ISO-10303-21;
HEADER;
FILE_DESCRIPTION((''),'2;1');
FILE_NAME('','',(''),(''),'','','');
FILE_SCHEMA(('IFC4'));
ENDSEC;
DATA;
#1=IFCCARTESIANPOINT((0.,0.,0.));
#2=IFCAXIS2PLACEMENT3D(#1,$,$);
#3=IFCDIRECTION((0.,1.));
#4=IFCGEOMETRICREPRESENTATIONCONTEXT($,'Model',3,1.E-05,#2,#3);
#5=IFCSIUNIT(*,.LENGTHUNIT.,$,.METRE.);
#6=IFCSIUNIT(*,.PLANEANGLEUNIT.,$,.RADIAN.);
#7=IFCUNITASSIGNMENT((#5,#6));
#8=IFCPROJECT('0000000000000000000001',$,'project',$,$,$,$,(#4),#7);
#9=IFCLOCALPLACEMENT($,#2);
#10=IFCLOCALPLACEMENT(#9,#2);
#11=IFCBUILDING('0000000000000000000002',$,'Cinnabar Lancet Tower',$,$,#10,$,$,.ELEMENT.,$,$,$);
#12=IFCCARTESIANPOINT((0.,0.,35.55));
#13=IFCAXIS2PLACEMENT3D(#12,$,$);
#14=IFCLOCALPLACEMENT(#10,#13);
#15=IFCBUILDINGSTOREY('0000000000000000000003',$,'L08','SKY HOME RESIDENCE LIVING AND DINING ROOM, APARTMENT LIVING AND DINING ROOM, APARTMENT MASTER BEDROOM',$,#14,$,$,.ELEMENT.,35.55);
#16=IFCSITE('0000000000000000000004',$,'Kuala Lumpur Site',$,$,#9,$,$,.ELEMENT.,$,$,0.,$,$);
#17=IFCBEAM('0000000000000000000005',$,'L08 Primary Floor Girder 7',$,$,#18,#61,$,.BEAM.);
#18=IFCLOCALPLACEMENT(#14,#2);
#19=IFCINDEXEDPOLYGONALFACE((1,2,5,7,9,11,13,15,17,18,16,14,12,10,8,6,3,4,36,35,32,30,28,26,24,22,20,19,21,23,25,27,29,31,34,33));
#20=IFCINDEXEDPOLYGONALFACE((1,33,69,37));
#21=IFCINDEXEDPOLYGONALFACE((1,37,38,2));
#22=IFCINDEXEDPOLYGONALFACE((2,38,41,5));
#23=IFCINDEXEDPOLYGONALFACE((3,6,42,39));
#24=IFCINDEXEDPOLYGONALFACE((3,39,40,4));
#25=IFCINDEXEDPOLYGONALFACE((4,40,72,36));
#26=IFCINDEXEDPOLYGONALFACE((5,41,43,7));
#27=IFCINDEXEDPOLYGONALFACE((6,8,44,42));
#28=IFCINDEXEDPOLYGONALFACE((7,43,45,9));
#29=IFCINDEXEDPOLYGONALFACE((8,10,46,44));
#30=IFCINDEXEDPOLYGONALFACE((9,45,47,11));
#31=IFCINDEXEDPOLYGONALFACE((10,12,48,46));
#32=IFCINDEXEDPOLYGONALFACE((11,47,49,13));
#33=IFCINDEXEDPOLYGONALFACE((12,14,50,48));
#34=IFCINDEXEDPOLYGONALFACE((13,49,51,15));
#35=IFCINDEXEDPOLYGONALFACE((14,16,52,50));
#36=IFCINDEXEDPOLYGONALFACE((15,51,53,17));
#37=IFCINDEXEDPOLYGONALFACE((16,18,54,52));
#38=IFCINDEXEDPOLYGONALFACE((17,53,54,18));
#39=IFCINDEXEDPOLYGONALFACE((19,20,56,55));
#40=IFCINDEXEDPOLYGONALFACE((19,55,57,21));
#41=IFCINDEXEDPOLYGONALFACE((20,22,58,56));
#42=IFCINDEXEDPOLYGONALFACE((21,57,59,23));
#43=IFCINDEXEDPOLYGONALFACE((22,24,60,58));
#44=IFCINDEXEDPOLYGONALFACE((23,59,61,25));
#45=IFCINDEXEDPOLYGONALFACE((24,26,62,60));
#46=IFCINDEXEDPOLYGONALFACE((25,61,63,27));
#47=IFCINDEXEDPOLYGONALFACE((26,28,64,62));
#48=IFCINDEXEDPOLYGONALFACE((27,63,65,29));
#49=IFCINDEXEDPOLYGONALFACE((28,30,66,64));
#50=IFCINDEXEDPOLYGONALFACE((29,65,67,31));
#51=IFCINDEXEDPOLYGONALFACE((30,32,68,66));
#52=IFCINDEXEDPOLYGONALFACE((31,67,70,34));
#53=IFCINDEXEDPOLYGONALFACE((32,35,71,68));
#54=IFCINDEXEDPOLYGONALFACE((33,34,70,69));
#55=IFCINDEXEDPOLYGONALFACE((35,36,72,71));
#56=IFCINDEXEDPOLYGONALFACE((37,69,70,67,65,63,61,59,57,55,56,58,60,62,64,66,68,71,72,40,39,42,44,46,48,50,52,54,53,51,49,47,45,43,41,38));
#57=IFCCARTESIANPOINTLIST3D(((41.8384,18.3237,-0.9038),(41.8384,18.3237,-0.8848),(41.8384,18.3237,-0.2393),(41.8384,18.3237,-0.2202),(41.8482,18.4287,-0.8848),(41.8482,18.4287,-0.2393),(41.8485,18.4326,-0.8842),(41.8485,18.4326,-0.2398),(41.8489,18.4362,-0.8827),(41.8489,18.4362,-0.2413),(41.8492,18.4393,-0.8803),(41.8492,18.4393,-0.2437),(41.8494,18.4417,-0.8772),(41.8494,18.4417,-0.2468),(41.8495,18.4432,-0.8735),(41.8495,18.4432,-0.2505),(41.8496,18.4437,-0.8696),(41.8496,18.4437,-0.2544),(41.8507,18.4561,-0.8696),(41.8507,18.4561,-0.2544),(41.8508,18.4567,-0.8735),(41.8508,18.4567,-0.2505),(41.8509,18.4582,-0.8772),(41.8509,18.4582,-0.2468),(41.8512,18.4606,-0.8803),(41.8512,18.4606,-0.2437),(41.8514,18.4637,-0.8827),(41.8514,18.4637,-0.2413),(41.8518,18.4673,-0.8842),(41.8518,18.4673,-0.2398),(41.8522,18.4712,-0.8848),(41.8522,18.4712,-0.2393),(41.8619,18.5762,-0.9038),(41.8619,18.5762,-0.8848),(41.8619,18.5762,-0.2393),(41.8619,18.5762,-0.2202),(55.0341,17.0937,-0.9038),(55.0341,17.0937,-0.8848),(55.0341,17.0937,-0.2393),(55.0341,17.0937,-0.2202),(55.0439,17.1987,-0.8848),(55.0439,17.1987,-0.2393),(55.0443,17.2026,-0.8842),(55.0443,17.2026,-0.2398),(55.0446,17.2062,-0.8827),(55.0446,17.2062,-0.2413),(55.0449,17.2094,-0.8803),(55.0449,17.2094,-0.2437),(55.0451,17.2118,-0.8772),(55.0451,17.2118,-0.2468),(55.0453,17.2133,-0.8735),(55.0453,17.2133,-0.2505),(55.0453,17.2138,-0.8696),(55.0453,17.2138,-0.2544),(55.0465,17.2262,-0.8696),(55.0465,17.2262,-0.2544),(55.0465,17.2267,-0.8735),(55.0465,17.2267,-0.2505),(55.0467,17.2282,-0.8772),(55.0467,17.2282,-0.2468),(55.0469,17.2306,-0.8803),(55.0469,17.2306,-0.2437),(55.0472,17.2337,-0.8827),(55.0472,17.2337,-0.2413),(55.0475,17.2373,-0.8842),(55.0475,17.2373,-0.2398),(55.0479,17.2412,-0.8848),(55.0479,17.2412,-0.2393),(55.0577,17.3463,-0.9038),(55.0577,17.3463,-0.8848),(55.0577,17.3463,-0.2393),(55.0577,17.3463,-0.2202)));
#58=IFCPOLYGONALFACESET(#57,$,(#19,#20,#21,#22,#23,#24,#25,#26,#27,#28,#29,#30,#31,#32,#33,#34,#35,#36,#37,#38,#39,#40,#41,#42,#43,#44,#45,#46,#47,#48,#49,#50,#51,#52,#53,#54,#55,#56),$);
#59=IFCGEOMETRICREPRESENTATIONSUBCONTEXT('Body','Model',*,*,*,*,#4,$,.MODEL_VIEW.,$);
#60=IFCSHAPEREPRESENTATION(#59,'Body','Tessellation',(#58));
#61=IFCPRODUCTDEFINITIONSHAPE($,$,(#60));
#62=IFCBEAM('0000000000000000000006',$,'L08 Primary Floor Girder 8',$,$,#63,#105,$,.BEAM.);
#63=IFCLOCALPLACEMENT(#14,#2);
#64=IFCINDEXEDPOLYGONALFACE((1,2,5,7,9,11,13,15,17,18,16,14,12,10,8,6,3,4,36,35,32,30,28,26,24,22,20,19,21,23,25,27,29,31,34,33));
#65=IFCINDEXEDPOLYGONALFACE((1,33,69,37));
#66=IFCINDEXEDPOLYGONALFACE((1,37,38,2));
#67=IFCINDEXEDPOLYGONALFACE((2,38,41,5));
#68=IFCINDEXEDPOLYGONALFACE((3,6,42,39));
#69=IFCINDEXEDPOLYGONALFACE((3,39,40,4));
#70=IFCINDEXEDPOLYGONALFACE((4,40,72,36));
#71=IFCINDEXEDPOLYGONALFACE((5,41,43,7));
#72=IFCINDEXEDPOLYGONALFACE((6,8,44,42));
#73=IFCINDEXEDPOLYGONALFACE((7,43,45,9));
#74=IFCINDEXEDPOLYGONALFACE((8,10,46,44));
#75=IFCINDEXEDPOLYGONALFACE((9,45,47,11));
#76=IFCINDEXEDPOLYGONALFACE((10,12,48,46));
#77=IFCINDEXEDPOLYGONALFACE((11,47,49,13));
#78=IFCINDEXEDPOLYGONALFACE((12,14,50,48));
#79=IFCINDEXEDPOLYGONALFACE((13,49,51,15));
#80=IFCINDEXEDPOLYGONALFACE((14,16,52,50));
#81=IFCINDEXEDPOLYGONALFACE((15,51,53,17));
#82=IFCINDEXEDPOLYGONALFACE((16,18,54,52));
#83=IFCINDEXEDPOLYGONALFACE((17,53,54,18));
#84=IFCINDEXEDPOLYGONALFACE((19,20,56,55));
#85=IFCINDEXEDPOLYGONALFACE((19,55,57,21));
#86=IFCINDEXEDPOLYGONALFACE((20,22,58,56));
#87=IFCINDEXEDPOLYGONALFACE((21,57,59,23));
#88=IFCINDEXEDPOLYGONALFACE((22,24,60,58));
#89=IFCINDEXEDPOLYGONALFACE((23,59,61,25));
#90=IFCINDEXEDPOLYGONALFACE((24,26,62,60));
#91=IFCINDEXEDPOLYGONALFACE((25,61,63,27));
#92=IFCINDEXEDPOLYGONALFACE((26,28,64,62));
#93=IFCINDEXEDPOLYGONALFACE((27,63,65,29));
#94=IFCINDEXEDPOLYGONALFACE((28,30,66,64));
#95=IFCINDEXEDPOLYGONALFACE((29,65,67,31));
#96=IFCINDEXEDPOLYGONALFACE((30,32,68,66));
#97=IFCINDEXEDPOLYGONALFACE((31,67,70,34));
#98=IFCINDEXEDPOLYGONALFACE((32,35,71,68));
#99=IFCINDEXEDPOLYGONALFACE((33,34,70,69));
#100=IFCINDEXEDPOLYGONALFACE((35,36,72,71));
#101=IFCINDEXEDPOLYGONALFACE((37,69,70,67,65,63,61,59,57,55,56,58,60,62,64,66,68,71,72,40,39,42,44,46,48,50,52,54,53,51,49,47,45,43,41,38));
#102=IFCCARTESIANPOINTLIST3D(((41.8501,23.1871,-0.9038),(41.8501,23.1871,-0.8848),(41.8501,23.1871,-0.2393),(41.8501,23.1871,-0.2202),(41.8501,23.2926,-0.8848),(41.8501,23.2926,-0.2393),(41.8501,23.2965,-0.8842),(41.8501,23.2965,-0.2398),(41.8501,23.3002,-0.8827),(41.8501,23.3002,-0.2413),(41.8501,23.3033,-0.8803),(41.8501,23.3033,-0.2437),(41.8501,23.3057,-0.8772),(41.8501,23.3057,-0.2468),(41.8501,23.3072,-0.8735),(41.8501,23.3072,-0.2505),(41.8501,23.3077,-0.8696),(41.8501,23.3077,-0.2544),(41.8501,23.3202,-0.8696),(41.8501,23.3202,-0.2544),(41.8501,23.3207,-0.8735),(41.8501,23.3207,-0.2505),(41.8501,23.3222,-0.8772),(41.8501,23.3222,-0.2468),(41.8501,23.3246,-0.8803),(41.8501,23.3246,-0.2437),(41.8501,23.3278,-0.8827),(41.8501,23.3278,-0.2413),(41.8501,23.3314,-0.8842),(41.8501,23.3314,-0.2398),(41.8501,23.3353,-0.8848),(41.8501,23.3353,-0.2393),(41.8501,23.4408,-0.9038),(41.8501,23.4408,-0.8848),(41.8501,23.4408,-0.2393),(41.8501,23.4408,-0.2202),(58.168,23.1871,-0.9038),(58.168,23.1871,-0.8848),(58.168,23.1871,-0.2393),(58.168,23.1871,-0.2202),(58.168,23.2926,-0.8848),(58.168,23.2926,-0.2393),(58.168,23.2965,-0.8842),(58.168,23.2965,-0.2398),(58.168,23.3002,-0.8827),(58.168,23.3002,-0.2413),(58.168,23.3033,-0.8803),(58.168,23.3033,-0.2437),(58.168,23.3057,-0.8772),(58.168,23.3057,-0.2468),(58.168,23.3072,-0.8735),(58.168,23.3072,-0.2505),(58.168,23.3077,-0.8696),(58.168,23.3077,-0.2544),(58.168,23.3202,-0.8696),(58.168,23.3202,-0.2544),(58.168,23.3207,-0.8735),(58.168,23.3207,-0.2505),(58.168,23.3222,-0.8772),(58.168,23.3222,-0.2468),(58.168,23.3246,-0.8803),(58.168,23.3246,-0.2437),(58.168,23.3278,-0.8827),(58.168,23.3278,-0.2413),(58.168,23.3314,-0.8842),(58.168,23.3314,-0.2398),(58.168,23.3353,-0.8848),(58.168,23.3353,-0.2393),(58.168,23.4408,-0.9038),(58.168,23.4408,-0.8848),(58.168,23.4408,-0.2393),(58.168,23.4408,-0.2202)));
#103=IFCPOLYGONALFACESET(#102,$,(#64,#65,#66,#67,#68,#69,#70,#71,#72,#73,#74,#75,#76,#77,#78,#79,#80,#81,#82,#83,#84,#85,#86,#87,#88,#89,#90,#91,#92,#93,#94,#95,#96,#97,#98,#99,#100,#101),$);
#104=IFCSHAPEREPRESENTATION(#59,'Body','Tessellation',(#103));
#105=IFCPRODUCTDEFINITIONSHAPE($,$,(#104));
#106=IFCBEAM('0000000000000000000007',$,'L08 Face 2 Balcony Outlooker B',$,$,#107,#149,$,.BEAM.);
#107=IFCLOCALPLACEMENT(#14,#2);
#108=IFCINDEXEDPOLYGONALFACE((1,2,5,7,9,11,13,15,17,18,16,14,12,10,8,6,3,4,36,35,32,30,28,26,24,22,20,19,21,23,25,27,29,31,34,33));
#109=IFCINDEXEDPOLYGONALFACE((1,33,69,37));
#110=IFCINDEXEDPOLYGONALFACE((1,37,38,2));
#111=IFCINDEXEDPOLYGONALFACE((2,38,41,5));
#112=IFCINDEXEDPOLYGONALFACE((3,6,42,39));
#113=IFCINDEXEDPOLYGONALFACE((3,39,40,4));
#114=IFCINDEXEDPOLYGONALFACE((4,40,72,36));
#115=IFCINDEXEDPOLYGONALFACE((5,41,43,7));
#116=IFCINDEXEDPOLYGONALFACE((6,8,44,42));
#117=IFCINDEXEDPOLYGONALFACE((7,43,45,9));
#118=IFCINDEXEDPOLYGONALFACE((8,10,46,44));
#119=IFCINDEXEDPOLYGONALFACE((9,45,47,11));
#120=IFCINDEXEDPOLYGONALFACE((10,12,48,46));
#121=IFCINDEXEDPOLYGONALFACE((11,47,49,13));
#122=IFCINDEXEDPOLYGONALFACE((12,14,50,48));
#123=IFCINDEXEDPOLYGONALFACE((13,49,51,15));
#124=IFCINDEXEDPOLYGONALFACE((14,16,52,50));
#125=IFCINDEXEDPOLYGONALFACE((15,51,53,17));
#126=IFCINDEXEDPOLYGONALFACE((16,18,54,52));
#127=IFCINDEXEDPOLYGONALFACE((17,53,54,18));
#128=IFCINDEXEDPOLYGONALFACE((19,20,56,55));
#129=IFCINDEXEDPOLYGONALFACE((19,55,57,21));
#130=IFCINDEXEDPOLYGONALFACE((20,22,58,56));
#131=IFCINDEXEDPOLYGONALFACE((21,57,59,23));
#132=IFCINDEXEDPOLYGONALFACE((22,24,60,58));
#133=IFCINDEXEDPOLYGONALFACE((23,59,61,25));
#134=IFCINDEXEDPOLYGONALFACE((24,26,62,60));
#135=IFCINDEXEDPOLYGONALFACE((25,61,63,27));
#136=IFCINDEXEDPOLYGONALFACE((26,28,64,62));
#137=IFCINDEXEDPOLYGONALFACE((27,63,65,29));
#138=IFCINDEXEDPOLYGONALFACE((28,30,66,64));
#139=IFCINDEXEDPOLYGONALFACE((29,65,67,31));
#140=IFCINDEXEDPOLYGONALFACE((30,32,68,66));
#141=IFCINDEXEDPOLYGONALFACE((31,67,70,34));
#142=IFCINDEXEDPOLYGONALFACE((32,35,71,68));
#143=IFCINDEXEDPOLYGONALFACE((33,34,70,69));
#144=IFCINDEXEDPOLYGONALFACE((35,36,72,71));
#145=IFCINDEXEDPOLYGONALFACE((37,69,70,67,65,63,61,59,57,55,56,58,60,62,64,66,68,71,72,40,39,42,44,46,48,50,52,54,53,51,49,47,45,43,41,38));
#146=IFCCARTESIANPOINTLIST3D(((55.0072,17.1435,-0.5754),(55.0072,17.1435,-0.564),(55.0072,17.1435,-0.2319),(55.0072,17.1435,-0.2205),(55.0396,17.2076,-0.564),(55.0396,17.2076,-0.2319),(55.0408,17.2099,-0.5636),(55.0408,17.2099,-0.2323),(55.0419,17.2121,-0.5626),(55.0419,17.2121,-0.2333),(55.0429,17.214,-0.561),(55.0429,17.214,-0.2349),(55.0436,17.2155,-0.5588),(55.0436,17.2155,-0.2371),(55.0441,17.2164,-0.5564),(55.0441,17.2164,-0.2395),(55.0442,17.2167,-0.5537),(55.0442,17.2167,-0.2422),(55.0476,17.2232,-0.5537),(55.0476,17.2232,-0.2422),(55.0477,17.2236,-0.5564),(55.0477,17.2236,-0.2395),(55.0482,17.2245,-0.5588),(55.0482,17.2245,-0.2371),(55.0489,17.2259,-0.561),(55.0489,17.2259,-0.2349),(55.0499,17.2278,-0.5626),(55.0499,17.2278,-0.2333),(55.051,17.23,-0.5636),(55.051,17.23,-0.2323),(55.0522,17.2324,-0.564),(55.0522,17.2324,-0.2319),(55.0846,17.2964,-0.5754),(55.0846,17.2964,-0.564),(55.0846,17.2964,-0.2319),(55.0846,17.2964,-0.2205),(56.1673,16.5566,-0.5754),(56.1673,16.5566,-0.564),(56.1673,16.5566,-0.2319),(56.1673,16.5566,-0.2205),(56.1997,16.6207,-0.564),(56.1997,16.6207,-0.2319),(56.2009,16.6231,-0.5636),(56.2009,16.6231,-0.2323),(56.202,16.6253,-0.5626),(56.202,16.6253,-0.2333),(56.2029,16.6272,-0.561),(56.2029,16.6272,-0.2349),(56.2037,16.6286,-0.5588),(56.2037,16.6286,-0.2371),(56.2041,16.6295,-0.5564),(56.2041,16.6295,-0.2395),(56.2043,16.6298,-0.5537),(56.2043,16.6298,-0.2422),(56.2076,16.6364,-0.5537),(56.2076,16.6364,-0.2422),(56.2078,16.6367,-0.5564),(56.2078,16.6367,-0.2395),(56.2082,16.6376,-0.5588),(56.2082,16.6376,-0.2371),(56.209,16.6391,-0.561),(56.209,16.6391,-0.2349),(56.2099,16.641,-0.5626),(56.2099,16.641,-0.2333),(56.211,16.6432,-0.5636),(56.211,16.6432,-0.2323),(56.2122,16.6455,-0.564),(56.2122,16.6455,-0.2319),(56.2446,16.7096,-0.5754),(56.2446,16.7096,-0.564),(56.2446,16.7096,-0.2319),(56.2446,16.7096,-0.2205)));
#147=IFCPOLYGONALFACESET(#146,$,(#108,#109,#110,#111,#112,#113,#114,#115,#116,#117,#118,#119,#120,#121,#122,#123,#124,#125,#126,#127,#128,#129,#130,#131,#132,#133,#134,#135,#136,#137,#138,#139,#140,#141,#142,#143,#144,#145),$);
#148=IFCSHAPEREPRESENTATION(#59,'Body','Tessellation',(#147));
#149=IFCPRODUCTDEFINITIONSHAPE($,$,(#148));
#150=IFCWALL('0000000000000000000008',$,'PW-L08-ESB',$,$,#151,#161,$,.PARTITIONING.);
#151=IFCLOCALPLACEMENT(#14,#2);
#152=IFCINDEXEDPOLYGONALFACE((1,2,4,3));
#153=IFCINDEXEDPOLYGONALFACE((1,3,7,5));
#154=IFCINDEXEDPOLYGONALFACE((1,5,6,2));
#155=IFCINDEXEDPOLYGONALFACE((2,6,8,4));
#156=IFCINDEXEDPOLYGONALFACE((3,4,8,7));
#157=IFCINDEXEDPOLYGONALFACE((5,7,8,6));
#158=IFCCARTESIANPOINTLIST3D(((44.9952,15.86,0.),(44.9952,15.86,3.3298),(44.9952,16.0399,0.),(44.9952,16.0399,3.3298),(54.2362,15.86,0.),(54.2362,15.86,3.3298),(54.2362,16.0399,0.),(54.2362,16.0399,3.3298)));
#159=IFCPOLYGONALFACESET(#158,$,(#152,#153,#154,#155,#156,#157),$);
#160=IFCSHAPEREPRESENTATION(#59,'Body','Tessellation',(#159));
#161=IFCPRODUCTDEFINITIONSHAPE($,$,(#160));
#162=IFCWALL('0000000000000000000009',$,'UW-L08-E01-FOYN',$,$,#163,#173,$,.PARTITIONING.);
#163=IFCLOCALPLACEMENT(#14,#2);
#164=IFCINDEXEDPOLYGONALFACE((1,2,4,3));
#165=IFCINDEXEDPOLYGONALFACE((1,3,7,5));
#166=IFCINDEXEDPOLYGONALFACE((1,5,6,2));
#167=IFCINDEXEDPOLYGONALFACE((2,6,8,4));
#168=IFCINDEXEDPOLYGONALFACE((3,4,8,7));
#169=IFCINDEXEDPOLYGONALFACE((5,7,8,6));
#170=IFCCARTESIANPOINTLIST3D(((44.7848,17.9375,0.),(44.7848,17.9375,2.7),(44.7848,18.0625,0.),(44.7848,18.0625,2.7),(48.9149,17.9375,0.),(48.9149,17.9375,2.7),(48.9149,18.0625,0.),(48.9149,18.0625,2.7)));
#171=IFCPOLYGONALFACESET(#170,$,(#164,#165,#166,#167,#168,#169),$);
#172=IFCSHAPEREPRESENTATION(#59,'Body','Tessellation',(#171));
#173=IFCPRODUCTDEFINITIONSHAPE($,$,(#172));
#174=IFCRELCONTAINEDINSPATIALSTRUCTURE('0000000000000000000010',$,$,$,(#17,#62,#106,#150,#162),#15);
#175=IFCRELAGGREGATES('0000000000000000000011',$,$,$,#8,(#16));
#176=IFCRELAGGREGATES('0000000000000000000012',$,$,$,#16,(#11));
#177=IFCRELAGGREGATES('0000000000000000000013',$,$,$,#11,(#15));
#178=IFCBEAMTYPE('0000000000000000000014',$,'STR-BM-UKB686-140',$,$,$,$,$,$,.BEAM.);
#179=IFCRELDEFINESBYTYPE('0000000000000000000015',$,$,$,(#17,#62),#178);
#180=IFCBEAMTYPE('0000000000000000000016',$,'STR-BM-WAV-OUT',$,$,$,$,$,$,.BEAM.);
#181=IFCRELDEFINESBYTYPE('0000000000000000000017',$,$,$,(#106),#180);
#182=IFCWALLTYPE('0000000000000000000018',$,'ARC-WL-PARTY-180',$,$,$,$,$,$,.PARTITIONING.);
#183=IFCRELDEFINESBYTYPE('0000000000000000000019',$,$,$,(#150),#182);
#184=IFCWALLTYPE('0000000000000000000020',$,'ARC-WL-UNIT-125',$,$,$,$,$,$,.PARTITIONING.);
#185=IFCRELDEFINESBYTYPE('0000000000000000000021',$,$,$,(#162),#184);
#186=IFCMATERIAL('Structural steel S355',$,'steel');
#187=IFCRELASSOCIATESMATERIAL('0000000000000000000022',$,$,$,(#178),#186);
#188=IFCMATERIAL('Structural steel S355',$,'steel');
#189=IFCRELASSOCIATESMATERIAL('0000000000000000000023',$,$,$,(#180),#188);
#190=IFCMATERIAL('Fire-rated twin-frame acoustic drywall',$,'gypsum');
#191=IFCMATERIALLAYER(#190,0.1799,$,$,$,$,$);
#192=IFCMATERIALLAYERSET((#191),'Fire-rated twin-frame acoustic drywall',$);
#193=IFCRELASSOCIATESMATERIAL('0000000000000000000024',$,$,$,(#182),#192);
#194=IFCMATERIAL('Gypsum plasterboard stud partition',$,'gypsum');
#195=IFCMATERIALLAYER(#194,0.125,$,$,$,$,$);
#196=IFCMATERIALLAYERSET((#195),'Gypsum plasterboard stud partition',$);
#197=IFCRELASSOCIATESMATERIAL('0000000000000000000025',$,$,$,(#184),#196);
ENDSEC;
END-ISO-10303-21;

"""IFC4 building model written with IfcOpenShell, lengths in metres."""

from ifc_helpers import new_model, si_unit, direction, frame, frame_2d, origin, origin_2d, place, context, subcontext, project, spatial, rectangle, i_section, extrude, material, layer, layer_set, material_profile, profile_set, type_object, element, save


model = new_model("IFC4")

# Units and contexts
model_context = context("Model", 3, precision=1e-05, world=origin(), true_north=direction((0.0, 1.0)))
body_context = subcontext(model_context, "Body", "Model", "MODEL_VIEW")
ifc_project = project(units=[si_unit("LENGTHUNIT", "METRE"), si_unit("PLANEANGLEUNIT", "RADIAN")], contexts=[model_context])

# Site, building, storey
site_placement = place(None, origin())
site = spatial("IfcSite", under=ifc_project, at=site_placement, Name="Kuala Lumpur Site", CompositionType="ELEMENT", RefElevation=0.0)
building_placement = place(site_placement, origin())
building = spatial("IfcBuilding", under=site, at=building_placement, Name="Cinnabar Lancet Tower", CompositionType="ELEMENT")
storey_placement = place(building_placement, frame((0.0, 0.0, 35.55)))
storey = spatial("IfcBuildingStorey", under=building, at=storey_placement, Name="L08", Description="SKY HOME RESIDENCE LIVING AND DINING ROOM, APARTMENT LIVING AND DINING ROOM, APARTMENT MASTER BEDROOM", CompositionType="ELEMENT", Elevation=35.55)

# Beams
ifc_material_1 = material(Name="Structural steel S355", Category="steel")
ifc_material_profile_1 = material_profile(ifc_material_1, i_section(OverallWidth=0.2537, OverallDepth=0.6836, WebThickness=0.0125, FlangeThickness=0.019, FilletRadius=0.0151, at=origin_2d()), Name="UKB 686x254x140")
ifc_profile_set_1 = profile_set([ifc_material_profile_1], Name="Structural steel S355")
beam_type_1 = type_object("IfcBeamType", Name="STR-BM-UKB686-140", PredefinedType="BEAM", material=ifc_profile_set_1)
beam_1_placement = place(storey_placement, frame((55.0459, 17.22, -0.562), z_axis=(-0.995684, 0.092808, 0.0), x_axis=(-0.092808, -0.995684, 0.0)))
element("IfcBeam", 1, at=beam_1_placement, inside=storey, type_object=beam_type_1, Name="L08 Primary Floor Girder 7", PredefinedType="BEAM", context=body_context, shape_type="SweptSolid", body=[
    extrude(i_section(OverallWidth=0.2537, OverallDepth=0.6836, WebThickness=0.0125, FlangeThickness=0.019, FilletRadius=0.0151, at=origin_2d()), origin(), (0.0, 0.0, 1.0), 13.2529),
])
beam_2_placement = place(storey_placement, frame((58.168, 23.314, -0.562), z_axis=(-1.0, 0.0, 0.0), x_axis=(0.0, -1.0, 0.0)))
element("IfcBeam", 2, at=beam_2_placement, inside=storey, type_object=beam_type_1, Name="L08 Primary Floor Girder 8", PredefinedType="BEAM", context=body_context, shape_type="SweptSolid", body=[
    extrude(i_section(OverallWidth=0.2537, OverallDepth=0.6836, WebThickness=0.0125, FlangeThickness=0.019, FilletRadius=0.0151, at=origin_2d()), origin(), (0.0, 0.0, 1.0), 16.3179),
])
ifc_material_2 = material(Name="Structural steel S355", Category="steel")
ifc_material_profile_2 = material_profile(ifc_material_2, i_section(OverallWidth=0.1714, OverallDepth=0.355, WebThickness=0.0073, FlangeThickness=0.0115, FilletRadius=0.0103, at=origin_2d()), Name="UKB 356x171x51")
ifc_profile_set_2 = profile_set([ifc_material_profile_2], Name="Structural steel S355")
beam_type_2 = type_object("IfcBeamType", Name="STR-BM-WAV-OUT", PredefinedType="BEAM", material=ifc_profile_set_2)
beam_3_placement = place(storey_placement, frame((55.0459, 17.22, -0.3979), z_axis=(0.892314, -0.451415, 0.0), x_axis=(0.451415, 0.892314, 0.0)))
element("IfcBeam", 3, at=beam_3_placement, inside=storey, type_object=beam_type_2, Name="L08 Face 2 Balcony Outlooker B", PredefinedType="BEAM", context=body_context, shape_type="SweptSolid", body=[
    extrude(i_section(OverallWidth=0.1714, OverallDepth=0.355, WebThickness=0.0073, FlangeThickness=0.0115, FilletRadius=0.0103, at=origin_2d()), origin(), (0.0, 0.0, 1.0), 1.3),
])

# Walls
ifc_material_3 = material(Name="Fire-rated twin-frame acoustic drywall", Category="gypsum")
ifc_layer_1 = layer(ifc_material_3, 0.1799)
ifc_layer_set_1 = layer_set([ifc_layer_1], Name="Fire-rated twin-frame acoustic drywall")
wall_type_1 = type_object("IfcWallType", Name="ARC-WL-PARTY-180", PredefinedType="PARTITIONING", material=ifc_layer_set_1)
wall_1_placement = place(storey_placement, frame((44.9951, 15.95, 0.0), z_axis=(0.0, 0.0, 1.0), x_axis=(1.0, 0.0, 0.0)))
element("IfcWall", 4, at=wall_1_placement, inside=storey, type_object=wall_type_1, Name="PW-L08-ESB", PredefinedType="PARTITIONING", context=body_context, shape_type="SweptSolid", body=[
    extrude(rectangle(XDim=9.241, YDim=0.1799, at=frame_2d((4.6206, 0.0))), origin(), (0.0, 0.0, 1.0), 3.3298),
])
ifc_material_4 = material(Name="Gypsum plasterboard stud partition", Category="gypsum")
ifc_layer_2 = layer(ifc_material_4, 0.125)
ifc_layer_set_2 = layer_set([ifc_layer_2], Name="Gypsum plasterboard stud partition")
wall_type_2 = type_object("IfcWallType", Name="ARC-WL-UNIT-125", PredefinedType="PARTITIONING", material=ifc_layer_set_2)
wall_2_placement = place(storey_placement, frame((44.7849, 18.0, 0.0), z_axis=(0.0, 0.0, 1.0), x_axis=(1.0, 0.0, 0.0)))
element("IfcWall", 5, at=wall_2_placement, inside=storey, type_object=wall_type_2, Name="UW-L08-E01-FOYN", PredefinedType="PARTITIONING", context=body_context, shape_type="SweptSolid", body=[
    extrude(rectangle(XDim=4.1301, YDim=0.125, at=frame_2d((2.0649, 0.0))), origin(), (0.0, 0.0, 1.0), 2.7),
])

save(model, "model.ifc")
